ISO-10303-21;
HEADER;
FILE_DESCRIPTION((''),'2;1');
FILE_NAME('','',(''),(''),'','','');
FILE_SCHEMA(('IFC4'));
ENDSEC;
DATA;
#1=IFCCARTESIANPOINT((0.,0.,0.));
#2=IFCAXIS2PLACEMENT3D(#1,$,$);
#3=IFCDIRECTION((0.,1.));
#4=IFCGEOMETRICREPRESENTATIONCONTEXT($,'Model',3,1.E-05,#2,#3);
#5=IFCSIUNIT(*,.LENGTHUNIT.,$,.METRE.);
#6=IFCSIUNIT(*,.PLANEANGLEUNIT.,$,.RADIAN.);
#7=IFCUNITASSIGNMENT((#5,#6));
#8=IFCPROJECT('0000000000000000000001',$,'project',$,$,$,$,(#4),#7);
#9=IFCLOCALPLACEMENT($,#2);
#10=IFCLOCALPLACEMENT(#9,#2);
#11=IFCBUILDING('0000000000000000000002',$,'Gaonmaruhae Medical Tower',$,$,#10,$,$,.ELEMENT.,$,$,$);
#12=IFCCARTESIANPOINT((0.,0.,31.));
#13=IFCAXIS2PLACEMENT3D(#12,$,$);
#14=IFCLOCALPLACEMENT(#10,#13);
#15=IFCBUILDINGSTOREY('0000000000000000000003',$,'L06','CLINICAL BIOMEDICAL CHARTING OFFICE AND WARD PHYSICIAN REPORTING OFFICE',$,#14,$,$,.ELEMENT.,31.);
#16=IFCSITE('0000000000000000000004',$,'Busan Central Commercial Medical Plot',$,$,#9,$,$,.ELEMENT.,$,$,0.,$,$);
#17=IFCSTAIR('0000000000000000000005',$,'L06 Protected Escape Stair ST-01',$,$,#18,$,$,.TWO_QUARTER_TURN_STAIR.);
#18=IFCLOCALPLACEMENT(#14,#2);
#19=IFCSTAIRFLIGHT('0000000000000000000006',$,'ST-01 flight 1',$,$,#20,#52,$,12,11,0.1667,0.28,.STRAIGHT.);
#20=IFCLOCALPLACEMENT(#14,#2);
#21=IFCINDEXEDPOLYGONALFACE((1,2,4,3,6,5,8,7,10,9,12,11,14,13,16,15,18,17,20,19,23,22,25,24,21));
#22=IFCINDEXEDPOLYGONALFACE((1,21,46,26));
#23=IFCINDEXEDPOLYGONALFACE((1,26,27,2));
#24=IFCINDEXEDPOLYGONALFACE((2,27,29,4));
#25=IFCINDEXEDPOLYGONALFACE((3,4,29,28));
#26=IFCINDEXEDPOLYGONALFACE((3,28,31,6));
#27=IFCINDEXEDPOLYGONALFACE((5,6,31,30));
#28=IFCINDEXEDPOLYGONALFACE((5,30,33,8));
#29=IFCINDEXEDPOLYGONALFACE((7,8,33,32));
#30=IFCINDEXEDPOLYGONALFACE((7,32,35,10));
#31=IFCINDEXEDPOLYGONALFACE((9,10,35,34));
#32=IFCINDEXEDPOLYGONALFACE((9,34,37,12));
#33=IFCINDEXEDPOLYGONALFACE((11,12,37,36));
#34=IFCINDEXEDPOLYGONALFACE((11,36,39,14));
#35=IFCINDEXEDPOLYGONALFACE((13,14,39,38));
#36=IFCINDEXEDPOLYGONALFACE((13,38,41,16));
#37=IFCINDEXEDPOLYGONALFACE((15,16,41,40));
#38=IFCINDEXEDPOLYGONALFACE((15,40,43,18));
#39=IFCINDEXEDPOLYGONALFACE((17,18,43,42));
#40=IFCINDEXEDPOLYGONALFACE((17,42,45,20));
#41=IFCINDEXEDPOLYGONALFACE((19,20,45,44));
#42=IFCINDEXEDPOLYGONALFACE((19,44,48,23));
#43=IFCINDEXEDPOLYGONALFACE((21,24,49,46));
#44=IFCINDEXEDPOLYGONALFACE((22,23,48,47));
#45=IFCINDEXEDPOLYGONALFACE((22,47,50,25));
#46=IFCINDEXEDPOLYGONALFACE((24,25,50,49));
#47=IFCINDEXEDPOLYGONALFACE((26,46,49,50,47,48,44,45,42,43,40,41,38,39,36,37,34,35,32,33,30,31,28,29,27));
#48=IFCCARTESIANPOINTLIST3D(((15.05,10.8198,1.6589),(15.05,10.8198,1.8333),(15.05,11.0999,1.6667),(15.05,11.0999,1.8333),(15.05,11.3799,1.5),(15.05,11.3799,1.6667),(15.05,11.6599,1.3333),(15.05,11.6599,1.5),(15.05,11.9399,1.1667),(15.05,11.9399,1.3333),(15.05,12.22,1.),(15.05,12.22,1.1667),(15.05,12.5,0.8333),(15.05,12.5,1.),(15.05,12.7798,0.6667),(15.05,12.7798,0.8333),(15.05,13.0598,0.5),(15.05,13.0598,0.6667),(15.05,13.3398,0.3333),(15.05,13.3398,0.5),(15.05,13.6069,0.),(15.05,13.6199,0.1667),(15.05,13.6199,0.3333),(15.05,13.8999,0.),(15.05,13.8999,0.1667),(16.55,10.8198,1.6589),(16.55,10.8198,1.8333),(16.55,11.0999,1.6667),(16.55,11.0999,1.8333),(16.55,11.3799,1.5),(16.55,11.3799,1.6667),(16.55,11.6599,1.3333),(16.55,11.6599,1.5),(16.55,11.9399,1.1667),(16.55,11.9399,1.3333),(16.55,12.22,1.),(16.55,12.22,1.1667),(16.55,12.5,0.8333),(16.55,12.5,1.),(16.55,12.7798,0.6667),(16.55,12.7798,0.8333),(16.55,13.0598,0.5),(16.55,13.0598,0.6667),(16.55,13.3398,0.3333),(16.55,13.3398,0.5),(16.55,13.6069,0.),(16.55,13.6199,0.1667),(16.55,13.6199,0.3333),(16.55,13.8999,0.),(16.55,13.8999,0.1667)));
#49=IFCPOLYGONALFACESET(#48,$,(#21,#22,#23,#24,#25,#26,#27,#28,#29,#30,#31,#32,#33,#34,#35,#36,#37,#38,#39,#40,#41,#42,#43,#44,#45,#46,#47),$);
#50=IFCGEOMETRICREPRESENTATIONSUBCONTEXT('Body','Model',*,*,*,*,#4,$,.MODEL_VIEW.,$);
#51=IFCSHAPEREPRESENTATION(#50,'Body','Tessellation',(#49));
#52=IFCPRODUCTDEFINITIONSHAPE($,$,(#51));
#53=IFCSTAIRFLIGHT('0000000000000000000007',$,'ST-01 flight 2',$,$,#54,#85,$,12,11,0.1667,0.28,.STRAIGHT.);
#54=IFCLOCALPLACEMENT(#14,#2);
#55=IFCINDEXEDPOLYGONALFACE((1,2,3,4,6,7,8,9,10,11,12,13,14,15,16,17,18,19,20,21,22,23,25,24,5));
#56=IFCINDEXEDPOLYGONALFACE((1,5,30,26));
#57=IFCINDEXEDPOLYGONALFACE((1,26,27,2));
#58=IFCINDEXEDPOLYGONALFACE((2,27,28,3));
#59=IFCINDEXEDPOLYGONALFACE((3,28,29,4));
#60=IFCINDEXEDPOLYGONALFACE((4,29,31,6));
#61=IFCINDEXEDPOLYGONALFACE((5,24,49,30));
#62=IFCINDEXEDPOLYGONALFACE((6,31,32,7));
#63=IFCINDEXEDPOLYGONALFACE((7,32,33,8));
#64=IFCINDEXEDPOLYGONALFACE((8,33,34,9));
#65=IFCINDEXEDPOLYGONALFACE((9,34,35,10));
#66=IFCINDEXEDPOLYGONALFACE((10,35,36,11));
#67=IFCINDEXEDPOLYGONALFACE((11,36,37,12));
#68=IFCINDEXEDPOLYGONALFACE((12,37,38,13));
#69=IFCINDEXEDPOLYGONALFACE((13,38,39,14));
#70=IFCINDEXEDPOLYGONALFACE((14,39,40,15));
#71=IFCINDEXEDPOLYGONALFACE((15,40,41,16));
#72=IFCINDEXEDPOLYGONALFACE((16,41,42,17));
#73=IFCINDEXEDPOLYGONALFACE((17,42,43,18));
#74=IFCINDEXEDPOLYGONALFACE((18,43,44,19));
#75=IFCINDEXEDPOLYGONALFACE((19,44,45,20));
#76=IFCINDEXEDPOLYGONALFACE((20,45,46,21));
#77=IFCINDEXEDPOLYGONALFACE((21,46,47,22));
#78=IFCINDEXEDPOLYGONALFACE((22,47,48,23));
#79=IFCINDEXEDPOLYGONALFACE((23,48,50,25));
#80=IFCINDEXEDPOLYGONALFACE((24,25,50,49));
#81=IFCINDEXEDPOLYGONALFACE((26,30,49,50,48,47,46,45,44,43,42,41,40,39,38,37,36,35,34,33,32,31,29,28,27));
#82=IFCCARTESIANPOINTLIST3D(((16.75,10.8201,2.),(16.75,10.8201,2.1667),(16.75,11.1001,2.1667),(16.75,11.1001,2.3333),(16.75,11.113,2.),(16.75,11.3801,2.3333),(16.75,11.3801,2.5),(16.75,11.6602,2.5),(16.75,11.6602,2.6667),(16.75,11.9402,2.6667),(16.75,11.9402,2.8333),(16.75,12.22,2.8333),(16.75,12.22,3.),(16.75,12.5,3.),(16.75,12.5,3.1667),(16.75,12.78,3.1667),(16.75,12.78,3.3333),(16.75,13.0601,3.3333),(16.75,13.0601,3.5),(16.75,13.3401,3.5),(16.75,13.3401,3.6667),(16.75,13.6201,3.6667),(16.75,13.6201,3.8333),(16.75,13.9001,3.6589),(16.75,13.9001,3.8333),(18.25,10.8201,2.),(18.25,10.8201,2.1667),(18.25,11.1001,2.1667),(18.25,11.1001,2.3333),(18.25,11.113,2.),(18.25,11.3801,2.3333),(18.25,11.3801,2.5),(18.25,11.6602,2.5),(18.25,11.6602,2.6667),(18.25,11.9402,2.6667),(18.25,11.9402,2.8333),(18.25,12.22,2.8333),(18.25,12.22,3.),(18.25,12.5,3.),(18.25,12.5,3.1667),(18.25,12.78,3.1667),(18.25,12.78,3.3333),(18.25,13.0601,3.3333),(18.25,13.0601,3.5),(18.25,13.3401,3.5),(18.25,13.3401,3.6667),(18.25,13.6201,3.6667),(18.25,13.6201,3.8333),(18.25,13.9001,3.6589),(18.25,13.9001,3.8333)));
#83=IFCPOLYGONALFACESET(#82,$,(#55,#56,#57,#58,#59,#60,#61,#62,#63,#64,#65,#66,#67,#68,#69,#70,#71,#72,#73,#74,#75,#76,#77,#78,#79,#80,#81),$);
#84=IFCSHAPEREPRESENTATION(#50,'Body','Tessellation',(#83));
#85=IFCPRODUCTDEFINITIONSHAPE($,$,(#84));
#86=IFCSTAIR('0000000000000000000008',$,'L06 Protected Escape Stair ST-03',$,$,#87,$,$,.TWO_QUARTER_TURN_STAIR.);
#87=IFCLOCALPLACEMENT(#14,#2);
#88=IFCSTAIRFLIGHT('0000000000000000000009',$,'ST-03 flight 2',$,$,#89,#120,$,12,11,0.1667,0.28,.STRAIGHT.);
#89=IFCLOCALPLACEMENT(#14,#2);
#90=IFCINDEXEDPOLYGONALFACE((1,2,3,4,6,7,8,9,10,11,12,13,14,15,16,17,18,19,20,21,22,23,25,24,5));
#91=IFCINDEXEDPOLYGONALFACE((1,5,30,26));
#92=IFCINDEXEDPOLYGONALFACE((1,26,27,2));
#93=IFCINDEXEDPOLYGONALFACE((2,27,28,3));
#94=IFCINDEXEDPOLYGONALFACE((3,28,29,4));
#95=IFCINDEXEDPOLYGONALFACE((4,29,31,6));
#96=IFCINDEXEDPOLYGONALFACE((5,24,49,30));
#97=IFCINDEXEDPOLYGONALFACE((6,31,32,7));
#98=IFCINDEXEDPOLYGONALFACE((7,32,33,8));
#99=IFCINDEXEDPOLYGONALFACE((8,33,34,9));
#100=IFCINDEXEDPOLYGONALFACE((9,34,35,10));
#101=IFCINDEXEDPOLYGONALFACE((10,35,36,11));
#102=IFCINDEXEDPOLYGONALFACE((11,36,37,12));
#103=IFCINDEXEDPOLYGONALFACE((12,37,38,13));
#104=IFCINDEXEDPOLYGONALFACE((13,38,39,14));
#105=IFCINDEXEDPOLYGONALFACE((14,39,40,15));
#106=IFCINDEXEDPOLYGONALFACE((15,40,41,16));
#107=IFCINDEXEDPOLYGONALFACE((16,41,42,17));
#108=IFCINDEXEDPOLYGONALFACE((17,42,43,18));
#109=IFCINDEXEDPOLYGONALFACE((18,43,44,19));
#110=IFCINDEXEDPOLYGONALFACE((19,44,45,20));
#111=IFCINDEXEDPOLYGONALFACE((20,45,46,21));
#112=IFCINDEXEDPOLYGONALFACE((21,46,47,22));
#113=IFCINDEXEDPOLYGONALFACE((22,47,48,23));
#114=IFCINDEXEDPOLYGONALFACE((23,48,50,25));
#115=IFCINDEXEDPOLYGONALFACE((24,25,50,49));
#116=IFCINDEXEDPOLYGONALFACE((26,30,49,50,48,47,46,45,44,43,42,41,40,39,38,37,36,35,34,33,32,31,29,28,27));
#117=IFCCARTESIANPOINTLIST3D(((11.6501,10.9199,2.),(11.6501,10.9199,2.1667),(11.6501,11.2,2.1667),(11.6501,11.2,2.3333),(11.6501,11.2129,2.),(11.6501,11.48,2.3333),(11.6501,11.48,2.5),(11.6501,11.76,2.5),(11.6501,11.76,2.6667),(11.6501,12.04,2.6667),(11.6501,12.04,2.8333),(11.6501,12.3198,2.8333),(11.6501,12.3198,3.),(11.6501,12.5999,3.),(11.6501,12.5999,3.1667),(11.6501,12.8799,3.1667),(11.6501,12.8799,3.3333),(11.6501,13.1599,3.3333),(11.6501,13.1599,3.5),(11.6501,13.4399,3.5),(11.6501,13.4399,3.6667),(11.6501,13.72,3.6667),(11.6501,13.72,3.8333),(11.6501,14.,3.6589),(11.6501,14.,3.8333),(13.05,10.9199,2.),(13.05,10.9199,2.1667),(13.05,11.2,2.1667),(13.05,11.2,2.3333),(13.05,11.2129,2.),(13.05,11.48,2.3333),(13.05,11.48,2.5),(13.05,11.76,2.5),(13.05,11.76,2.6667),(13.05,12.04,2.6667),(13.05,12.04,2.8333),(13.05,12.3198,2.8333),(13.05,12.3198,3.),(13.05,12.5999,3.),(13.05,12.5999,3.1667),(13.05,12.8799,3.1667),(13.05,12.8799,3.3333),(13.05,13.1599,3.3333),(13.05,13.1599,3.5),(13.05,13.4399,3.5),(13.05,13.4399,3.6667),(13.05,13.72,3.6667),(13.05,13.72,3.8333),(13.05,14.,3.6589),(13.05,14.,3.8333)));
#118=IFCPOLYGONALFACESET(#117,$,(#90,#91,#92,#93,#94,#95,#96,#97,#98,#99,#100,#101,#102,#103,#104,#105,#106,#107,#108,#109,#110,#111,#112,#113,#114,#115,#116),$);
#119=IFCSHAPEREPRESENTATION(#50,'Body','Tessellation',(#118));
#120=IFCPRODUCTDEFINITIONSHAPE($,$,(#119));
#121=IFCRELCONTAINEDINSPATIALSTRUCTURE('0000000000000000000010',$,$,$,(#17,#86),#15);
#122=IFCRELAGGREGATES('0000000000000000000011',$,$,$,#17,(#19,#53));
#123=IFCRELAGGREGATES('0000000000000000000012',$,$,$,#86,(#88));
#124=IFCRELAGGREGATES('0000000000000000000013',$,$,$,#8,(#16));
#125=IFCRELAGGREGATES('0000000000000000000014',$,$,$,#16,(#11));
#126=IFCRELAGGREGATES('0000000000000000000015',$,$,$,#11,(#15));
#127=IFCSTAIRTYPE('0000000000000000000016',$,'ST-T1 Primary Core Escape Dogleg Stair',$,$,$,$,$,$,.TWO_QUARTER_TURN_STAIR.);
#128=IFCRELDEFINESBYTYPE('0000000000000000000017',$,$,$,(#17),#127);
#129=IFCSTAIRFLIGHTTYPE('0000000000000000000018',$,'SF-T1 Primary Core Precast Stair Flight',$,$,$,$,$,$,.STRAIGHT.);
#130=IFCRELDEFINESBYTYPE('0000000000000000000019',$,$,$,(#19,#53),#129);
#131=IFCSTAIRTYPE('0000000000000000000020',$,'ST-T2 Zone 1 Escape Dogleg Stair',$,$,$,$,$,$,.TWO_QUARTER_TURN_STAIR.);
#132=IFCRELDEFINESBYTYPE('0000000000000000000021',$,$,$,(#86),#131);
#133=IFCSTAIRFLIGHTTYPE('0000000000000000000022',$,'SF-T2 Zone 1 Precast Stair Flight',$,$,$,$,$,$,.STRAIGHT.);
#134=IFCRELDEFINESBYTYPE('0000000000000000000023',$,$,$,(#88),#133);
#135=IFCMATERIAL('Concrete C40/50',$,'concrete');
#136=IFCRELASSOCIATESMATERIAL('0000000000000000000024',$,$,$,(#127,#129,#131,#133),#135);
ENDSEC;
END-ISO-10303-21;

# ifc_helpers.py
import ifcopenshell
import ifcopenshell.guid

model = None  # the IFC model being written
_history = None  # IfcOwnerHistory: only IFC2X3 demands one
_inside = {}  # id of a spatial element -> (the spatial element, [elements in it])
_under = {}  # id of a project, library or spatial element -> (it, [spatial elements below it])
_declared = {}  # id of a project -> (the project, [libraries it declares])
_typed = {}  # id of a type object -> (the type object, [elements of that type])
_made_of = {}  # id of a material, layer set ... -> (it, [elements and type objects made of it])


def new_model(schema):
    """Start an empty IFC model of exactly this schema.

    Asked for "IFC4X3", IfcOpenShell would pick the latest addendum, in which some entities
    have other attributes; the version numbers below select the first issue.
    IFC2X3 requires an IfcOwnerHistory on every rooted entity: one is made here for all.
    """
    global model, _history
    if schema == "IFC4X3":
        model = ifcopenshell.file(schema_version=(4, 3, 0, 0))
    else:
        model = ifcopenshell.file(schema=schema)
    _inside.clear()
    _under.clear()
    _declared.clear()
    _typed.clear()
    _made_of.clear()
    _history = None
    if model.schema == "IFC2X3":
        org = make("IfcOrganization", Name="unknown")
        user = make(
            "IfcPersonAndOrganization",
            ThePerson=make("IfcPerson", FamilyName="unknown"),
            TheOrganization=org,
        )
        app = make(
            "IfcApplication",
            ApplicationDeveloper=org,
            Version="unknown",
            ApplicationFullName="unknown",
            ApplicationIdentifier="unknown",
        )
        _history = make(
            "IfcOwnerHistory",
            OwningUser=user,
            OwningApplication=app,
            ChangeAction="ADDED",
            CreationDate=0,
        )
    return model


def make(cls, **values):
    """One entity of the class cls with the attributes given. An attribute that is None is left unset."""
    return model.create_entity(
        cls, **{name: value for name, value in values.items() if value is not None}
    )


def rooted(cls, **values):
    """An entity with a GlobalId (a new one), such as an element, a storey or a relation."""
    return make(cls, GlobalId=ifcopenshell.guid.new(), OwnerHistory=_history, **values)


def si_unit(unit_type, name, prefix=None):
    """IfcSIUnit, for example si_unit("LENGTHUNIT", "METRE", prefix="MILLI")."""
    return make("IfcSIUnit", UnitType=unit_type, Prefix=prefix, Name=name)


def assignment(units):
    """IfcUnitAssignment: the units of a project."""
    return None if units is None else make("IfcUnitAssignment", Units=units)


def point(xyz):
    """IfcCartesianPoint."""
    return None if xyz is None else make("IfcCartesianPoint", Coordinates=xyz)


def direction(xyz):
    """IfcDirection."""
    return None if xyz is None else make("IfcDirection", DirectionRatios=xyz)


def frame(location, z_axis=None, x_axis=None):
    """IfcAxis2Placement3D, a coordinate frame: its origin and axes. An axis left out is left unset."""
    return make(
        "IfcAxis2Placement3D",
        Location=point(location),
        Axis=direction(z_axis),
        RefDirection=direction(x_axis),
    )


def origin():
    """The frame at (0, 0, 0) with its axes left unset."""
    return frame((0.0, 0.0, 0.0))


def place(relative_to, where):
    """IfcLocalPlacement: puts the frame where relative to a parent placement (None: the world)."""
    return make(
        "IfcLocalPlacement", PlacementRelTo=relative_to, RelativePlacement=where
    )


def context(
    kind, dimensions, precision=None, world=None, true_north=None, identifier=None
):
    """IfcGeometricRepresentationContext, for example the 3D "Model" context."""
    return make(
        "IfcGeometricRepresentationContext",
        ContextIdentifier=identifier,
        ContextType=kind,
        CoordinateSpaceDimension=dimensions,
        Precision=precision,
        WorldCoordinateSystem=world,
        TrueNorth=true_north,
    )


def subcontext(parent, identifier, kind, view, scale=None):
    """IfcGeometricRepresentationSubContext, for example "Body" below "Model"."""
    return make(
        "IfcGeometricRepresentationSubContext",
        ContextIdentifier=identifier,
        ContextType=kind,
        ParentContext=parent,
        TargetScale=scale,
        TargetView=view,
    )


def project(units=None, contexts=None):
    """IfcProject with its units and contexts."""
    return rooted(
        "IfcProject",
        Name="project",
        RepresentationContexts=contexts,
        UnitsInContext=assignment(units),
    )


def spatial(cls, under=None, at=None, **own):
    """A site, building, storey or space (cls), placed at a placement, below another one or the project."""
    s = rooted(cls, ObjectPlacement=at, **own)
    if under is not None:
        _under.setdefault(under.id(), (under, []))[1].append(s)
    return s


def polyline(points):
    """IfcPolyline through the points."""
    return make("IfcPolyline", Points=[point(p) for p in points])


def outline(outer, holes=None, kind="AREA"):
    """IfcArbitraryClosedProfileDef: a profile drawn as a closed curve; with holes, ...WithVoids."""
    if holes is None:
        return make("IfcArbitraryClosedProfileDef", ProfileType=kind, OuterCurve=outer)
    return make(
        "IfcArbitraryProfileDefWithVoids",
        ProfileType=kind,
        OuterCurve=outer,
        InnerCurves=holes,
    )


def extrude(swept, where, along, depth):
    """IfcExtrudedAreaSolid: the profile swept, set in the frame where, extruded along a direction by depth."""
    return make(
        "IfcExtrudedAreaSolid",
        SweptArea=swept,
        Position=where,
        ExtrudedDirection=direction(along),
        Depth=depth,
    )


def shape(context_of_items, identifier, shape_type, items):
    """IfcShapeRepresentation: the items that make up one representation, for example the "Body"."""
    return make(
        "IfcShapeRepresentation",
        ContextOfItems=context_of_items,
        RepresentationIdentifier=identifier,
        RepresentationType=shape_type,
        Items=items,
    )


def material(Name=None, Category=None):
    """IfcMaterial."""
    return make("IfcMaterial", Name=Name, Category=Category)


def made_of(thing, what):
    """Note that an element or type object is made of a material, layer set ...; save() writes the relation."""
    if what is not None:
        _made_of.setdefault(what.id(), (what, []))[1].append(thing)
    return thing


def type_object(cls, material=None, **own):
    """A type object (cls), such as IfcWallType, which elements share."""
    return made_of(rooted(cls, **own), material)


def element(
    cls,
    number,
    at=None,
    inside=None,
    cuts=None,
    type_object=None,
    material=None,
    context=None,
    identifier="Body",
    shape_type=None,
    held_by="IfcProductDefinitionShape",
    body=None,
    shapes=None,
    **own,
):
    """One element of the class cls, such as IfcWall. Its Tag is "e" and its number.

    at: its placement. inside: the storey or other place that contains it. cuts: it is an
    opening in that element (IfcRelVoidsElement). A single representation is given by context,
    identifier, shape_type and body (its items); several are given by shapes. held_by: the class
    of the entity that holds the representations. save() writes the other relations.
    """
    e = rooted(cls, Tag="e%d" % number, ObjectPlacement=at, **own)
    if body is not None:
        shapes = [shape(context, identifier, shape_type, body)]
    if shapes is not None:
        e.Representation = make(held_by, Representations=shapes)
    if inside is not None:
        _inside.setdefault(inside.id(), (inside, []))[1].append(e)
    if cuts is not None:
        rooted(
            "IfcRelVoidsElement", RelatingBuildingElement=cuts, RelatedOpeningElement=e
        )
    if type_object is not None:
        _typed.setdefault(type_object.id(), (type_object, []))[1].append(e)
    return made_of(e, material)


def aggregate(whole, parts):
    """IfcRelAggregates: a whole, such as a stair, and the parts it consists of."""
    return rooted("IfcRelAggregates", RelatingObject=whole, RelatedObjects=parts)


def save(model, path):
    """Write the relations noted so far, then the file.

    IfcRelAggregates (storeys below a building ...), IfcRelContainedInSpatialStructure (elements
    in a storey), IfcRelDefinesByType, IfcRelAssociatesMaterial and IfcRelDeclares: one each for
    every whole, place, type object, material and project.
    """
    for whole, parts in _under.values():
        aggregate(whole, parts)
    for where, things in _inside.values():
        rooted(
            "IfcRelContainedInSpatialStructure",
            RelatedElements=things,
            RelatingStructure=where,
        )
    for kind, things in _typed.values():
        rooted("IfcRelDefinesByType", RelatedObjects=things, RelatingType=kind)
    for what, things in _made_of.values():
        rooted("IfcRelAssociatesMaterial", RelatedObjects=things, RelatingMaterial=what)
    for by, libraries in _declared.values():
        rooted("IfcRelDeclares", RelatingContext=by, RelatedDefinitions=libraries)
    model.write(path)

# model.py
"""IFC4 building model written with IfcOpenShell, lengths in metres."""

from ifc_helpers import new_model, si_unit, direction, frame, origin, place, context, subcontext, project, spatial, polyline, outline, extrude, material, type_object, element, aggregate, save


model = new_model("IFC4")

# Units and contexts
model_context = context("Model", 3, precision=1e-05, world=origin(), true_north=direction((0.0, 1.0)))
body_context = subcontext(model_context, "Body", "Model", "MODEL_VIEW")
ifc_project = project(units=[si_unit("LENGTHUNIT", "METRE"), si_unit("PLANEANGLEUNIT", "RADIAN")], contexts=[model_context])

# Site, building, storey
site_placement = place(None, origin())
site = spatial("IfcSite", under=ifc_project, at=site_placement, Name="Busan Central Commercial Medical Plot", CompositionType="ELEMENT", RefElevation=0.0)
building_placement = place(site_placement, origin())
building = spatial("IfcBuilding", under=site, at=building_placement, Name="Gaonmaruhae Medical Tower", CompositionType="ELEMENT")
storey_placement = place(building_placement, frame((0.0, 0.0, 31.0)))
storey = spatial("IfcBuildingStorey", under=building, at=storey_placement, Name="L06", Description="CLINICAL BIOMEDICAL CHARTING OFFICE AND WARD PHYSICIAN REPORTING OFFICE", CompositionType="ELEMENT", Elevation=31.0)

# Stair, stair flights
ifc_material_1 = material(Name="Concrete C40/50", Category="concrete")
stair_type_1 = type_object("IfcStairType", Name="ST-T1 Primary Core Escape Dogleg Stair", PredefinedType="TWO_QUARTER_TURN_STAIR", material=ifc_material_1)
stair_1_placement = place(storey_placement, origin())
stair_1 = element("IfcStair", 1, at=stair_1_placement, inside=storey, type_object=stair_type_1, Name="L06 Protected Escape Stair ST-01", PredefinedType="TWO_QUARTER_TURN_STAIR")
stair_flight_type_1 = type_object("IfcStairFlightType", Name="SF-T1 Primary Core Precast Stair Flight", PredefinedType="STRAIGHT", material=ifc_material_1)
stair_flight_1_placement = place(storey_placement, frame((15.8, 13.8999, 0.0), z_axis=(0.0, 0.0, 1.0), x_axis=(0.0, -1.0, 0.0)))
stair_flight_1 = element("IfcStairFlight", 2, at=stair_flight_1_placement, type_object=stair_flight_type_1, Name="ST-01 flight 1", NumberOfRisers=12, NumberOfTreads=11, PredefinedType="STRAIGHT", RiserHeight=0.1667, TreadLength=0.28, context=body_context, shape_type="SweptSolid", body=[
    extrude(outline(polyline([(0.0, 0.0), (0.0, 0.1667), (0.28, 0.1667), (0.28, 0.3333), (0.5601, 0.3333), (0.5601, 0.5), (0.8401, 0.5), (0.8401, 0.6667), (1.1201, 0.6667), (1.1201, 0.8333), (1.3999, 0.8333), (1.3999, 1.0), (1.6799, 1.0), (1.6799, 1.1667), (1.96, 1.1667), (1.96, 1.3333), (2.24, 1.3333), (2.24, 1.5), (2.52, 1.5), (2.52, 1.6667), (2.8, 1.6667), (2.8, 1.8333), (3.0801, 1.8333), (3.0801, 2.0), (3.0801, 1.6589), (0.293, 0.0), (0.0, 0.0)])), frame((0.0, 0.75, 0.0), z_axis=(0.0, -1.0, 0.0), x_axis=(1.0, 0.0, 0.0)), (0.0, 0.0, 1.0), 1.5),
])
stair_flight_2_placement = place(storey_placement, frame((17.5, 10.8201, 2.0), z_axis=(0.0, 0.0, 1.0), x_axis=(0.0, 1.0, 0.0)))
stair_flight_2 = element("IfcStairFlight", 3, at=stair_flight_2_placement, type_object=stair_flight_type_1, Name="ST-01 flight 2", NumberOfRisers=12, NumberOfTreads=11, PredefinedType="STRAIGHT", RiserHeight=0.1667, TreadLength=0.28, context=body_context, shape_type="SweptSolid", body=[
    extrude(outline(polyline([(0.0, 0.0), (0.0, 0.1667), (0.28, 0.1667), (0.28, 0.3333), (0.5601, 0.3333), (0.5601, 0.5), (0.8401, 0.5), (0.8401, 0.6667), (1.1201, 0.6667), (1.1201, 0.8333), (1.3999, 0.8333), (1.3999, 1.0), (1.6799, 1.0), (1.6799, 1.1667), (1.96, 1.1667), (1.96, 1.3333), (2.24, 1.3333), (2.24, 1.5), (2.52, 1.5), (2.52, 1.6667), (2.8, 1.6667), (2.8, 1.8333), (3.0801, 1.8333), (3.0801, 2.0), (3.0801, 1.6589), (0.293, 0.0), (0.0, 0.0)])), frame((0.0, 0.75, 0.0), z_axis=(0.0, -1.0, 0.0), x_axis=(1.0, 0.0, 0.0)), (0.0, 0.0, 1.0), 1.5),
])
aggregate(stair_1, [stair_flight_1, stair_flight_2])

# Stair, stair flight
stair_type_2 = type_object("IfcStairType", Name="ST-T2 Zone 1 Escape Dogleg Stair", PredefinedType="TWO_QUARTER_TURN_STAIR", material=ifc_material_1)
stair_2_placement = place(storey_placement, origin())
stair_2 = element("IfcStair", 4, at=stair_2_placement, inside=storey, type_object=stair_type_2, Name="L06 Protected Escape Stair ST-03", PredefinedType="TWO_QUARTER_TURN_STAIR")
stair_flight_type_2 = type_object("IfcStairFlightType", Name="SF-T2 Zone 1 Precast Stair Flight", PredefinedType="STRAIGHT", material=ifc_material_1)
stair_flight_3_placement = place(storey_placement, frame((12.3501, 10.9199, 2.0), z_axis=(0.0, 0.0, 1.0), x_axis=(0.0, 1.0, 0.0)))
stair_flight_3 = element("IfcStairFlight", 5, at=stair_flight_3_placement, type_object=stair_flight_type_2, Name="ST-03 flight 2", NumberOfRisers=12, NumberOfTreads=11, PredefinedType="STRAIGHT", RiserHeight=0.1667, TreadLength=0.28, context=body_context, shape_type="SweptSolid", body=[
    extrude(outline(polyline([(0.0, 0.0), (0.0, 0.1667), (0.28, 0.1667), (0.28, 0.3333), (0.5601, 0.3333), (0.5601, 0.5), (0.8401, 0.5), (0.8401, 0.6667), (1.1201, 0.6667), (1.1201, 0.8333), (1.3999, 0.8333), (1.3999, 1.0), (1.6799, 1.0), (1.6799, 1.1667), (1.96, 1.1667), (1.96, 1.3333), (2.24, 1.3333), (2.24, 1.5), (2.52, 1.5), (2.52, 1.6667), (2.8, 1.6667), (2.8, 1.8333), (3.0801, 1.8333), (3.0801, 2.0), (3.0801, 1.6589), (0.293, 0.0), (0.0, 0.0)])), frame((0.0, 0.7, 0.0), z_axis=(0.0, -1.0, 0.0), x_axis=(1.0, 0.0, 0.0)), (0.0, 0.0, 1.0), 1.3999),
])
aggregate(stair_2, [stair_flight_3])

save(model, "model.ifc")
